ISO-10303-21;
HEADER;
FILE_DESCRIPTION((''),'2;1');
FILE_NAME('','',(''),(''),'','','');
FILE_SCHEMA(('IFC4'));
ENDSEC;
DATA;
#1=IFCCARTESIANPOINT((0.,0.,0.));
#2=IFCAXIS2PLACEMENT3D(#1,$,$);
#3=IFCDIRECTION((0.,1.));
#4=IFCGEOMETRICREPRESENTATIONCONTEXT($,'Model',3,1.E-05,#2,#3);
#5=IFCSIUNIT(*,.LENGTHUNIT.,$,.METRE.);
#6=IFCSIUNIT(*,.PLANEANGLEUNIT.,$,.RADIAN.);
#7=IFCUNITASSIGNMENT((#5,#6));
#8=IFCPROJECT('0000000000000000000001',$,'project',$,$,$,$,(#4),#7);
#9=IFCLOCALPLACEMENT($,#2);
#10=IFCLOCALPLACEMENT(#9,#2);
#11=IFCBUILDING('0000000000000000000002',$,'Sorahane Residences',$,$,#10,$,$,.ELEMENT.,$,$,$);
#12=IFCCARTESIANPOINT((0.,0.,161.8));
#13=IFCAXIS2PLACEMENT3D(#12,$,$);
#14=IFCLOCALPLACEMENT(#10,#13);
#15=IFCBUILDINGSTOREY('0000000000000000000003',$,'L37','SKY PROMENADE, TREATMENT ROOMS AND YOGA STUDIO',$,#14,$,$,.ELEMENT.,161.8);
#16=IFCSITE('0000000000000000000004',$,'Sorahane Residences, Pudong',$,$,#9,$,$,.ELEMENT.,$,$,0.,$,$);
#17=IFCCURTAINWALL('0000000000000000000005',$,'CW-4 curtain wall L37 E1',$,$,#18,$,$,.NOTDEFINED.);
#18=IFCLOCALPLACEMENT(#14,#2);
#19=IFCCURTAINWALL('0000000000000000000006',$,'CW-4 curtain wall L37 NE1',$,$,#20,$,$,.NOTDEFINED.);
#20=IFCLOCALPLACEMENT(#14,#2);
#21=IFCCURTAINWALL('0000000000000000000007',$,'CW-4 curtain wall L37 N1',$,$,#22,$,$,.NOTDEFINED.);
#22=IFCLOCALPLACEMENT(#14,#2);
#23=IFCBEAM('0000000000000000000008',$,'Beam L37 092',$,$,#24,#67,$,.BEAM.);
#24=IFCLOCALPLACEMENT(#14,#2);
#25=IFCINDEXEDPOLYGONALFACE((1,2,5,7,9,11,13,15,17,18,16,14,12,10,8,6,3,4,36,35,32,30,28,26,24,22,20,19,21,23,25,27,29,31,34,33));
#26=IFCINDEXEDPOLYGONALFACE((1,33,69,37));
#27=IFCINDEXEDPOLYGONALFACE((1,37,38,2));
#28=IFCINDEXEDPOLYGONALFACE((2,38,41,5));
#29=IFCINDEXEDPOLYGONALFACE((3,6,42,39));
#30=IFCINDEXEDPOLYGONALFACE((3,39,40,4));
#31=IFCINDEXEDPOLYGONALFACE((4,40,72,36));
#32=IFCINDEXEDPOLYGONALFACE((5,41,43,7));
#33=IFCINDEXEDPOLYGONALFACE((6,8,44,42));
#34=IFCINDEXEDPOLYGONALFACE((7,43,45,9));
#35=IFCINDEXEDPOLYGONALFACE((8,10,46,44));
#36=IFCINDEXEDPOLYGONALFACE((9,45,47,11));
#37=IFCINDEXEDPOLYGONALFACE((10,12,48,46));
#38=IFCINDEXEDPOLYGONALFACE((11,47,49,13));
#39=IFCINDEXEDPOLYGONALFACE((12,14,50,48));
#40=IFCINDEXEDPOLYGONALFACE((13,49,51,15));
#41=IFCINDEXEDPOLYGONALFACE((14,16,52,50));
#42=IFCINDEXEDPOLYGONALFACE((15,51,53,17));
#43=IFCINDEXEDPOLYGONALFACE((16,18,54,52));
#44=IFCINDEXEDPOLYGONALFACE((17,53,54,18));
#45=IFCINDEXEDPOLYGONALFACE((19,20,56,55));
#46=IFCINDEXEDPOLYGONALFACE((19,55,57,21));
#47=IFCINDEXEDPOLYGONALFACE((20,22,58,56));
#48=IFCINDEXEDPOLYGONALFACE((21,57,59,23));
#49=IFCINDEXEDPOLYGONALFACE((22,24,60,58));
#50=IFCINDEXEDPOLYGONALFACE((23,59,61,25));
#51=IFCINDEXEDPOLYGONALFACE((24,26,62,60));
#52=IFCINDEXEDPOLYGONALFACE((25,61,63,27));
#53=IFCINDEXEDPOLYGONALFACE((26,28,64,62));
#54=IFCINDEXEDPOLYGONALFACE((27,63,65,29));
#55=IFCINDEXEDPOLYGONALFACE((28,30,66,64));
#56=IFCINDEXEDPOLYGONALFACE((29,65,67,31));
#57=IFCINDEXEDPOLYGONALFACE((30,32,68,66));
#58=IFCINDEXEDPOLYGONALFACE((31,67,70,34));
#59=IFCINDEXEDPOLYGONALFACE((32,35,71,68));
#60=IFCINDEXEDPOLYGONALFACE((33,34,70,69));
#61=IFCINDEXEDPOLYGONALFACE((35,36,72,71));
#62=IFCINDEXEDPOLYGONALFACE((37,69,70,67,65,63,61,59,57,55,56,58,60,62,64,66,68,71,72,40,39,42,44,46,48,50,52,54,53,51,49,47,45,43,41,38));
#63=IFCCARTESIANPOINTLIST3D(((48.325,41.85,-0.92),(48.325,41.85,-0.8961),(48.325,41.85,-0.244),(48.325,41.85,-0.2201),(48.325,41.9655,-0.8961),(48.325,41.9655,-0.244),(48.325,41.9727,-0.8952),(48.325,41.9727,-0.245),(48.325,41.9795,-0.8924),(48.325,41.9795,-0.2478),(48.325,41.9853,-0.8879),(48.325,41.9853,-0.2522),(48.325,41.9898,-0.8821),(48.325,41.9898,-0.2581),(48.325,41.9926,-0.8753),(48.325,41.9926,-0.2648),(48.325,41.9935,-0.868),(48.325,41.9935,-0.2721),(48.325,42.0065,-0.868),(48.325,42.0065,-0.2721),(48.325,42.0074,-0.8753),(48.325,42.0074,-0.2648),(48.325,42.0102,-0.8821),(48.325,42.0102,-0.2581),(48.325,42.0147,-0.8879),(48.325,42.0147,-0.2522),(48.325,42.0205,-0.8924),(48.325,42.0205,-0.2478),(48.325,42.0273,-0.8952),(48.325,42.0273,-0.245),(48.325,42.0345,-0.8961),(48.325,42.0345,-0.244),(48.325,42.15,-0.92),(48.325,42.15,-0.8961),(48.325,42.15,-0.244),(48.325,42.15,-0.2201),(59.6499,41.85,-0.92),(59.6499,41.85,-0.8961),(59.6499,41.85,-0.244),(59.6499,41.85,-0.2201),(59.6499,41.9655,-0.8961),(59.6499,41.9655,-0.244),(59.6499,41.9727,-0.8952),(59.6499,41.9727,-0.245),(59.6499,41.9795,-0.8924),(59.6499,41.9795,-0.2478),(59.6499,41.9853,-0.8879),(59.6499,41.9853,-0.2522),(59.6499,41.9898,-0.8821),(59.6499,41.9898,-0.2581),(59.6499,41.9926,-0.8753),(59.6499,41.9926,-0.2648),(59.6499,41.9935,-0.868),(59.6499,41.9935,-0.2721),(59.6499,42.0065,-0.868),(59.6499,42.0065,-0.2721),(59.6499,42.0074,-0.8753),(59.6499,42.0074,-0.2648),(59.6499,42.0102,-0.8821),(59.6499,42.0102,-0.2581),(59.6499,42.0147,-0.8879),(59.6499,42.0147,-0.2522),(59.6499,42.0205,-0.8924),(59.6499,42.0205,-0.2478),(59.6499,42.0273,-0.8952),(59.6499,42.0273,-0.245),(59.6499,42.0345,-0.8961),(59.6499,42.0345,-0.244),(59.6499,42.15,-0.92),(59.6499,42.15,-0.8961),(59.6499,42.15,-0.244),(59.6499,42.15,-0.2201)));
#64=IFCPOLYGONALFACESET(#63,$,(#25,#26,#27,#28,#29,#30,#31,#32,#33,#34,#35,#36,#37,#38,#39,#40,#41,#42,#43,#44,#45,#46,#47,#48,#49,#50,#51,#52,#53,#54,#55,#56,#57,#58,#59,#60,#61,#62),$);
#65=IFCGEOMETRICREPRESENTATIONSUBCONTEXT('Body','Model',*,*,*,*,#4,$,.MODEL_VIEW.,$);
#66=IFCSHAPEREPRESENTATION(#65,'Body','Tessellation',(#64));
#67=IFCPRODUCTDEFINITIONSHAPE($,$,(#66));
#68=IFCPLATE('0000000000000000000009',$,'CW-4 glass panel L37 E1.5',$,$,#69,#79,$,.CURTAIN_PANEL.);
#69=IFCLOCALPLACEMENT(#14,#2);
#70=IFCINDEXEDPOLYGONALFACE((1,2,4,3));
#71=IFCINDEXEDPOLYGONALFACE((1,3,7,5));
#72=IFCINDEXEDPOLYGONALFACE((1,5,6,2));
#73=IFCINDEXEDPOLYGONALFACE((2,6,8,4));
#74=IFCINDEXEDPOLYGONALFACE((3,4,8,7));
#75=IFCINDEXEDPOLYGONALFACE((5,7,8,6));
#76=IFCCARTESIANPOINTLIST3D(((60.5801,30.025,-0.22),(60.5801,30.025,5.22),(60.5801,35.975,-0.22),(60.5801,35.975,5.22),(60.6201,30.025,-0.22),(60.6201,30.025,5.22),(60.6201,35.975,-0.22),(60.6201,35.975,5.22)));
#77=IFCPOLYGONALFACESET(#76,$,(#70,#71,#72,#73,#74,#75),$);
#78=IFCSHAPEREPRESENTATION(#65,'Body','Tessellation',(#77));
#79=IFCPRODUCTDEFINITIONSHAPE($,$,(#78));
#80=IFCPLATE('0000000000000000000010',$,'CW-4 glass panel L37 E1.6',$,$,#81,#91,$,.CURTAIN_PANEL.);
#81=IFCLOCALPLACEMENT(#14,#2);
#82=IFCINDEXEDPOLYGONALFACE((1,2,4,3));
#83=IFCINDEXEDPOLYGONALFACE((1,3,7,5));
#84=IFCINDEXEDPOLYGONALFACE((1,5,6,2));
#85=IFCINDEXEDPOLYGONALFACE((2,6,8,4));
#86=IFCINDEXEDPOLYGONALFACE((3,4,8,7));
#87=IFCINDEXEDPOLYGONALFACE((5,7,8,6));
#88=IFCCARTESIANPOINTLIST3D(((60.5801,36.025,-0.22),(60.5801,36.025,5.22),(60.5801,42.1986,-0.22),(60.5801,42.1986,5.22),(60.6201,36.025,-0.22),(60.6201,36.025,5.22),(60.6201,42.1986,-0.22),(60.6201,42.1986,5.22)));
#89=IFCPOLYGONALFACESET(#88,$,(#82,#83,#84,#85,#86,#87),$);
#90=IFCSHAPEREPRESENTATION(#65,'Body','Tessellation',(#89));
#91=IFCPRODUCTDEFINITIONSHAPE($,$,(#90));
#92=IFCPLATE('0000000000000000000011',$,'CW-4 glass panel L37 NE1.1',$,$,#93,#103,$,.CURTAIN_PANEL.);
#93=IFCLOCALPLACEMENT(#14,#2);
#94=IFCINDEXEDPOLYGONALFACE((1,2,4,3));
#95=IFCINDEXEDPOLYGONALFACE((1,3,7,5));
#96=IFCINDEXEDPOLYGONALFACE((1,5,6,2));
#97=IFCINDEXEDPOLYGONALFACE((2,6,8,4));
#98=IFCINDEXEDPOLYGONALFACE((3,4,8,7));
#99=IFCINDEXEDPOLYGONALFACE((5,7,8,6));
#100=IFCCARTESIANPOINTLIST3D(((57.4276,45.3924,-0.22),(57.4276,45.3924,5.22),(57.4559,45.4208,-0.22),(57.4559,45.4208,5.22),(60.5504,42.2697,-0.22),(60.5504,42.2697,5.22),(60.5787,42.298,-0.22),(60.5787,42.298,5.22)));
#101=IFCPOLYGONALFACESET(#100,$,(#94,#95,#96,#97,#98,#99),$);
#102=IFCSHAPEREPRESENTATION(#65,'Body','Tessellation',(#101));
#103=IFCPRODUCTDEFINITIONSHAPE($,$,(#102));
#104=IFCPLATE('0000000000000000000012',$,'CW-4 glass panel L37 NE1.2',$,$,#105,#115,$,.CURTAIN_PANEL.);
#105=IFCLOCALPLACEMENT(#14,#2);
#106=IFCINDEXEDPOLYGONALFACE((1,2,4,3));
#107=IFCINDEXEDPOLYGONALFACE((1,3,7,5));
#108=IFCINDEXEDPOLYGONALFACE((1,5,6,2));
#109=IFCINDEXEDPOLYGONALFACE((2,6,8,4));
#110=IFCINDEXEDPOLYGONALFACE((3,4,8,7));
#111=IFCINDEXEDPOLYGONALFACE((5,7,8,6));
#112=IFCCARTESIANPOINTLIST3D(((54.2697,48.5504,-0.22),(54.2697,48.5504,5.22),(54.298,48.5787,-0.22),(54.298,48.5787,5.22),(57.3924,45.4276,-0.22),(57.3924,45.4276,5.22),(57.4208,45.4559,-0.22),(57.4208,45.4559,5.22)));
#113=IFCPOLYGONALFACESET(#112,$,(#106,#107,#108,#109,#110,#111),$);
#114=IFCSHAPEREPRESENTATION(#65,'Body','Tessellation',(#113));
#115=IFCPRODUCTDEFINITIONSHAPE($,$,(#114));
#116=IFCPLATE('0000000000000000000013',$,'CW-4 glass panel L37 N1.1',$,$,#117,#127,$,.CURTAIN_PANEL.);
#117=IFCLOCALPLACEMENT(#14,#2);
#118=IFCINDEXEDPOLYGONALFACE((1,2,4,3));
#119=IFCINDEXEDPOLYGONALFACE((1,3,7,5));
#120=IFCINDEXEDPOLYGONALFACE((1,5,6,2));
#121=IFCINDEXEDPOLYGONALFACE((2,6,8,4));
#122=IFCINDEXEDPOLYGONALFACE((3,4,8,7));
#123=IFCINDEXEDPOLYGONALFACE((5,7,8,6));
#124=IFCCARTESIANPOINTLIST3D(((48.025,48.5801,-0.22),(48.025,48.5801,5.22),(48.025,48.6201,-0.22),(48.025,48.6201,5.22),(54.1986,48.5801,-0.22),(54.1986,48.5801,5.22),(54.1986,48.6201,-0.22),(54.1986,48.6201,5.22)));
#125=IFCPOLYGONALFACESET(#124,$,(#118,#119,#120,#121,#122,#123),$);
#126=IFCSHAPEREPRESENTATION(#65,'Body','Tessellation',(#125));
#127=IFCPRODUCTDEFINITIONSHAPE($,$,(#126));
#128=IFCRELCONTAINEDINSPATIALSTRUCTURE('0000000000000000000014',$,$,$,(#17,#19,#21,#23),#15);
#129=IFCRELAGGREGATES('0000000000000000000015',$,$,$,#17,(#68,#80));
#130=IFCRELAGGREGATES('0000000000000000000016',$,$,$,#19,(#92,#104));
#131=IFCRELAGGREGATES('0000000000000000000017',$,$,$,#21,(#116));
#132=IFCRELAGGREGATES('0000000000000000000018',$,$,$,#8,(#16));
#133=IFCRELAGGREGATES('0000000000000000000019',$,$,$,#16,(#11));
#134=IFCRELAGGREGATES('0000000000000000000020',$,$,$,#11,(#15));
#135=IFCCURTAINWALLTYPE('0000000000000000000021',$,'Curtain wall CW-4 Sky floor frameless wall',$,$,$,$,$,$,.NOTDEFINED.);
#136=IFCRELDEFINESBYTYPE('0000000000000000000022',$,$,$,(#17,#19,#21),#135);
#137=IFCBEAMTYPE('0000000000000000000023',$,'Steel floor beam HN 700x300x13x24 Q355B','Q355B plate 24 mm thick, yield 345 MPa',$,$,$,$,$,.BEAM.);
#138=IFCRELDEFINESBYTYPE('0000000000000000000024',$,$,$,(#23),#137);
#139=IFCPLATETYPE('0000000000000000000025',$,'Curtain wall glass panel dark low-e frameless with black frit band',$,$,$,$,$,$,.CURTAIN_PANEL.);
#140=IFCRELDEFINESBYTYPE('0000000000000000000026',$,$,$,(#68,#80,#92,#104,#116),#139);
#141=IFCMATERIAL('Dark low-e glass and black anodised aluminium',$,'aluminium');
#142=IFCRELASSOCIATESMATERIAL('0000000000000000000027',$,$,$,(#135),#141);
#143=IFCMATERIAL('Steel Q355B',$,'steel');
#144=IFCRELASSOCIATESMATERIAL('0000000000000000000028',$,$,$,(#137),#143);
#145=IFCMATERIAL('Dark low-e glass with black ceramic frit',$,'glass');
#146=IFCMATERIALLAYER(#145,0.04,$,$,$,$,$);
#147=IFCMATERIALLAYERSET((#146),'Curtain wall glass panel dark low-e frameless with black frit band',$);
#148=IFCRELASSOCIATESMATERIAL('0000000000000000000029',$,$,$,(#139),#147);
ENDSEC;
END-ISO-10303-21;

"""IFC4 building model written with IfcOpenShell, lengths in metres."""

from ifc_helpers import new_model, si_unit, direction, frame, origin, origin_2d, place, context, subcontext, project, spatial, rectangle, i_section, extrude, material, layer, layer_set, material_profile, profile_set, type_object, element, aggregate, save


model = new_model("IFC4")

# Units and contexts
model_context = context("Model", 3, precision=1e-05, world=origin(), true_north=direction((0.0, 1.0)))
body_context = subcontext(model_context, "Body", "Model", "MODEL_VIEW")
ifc_project = project(units=[si_unit("LENGTHUNIT", "METRE"), si_unit("PLANEANGLEUNIT", "RADIAN")], contexts=[model_context])

# Site, building, storey
site_placement = place(None, origin())
site = spatial("IfcSite", under=ifc_project, at=site_placement, Name="Sorahane Residences, Pudong", CompositionType="ELEMENT", RefElevation=0.0)
building_placement = place(site_placement, origin())
building = spatial("IfcBuilding", under=site, at=building_placement, Name="Sorahane Residences", CompositionType="ELEMENT")
storey_placement = place(building_placement, frame((0.0, 0.0, 161.8)))
storey = spatial("IfcBuildingStorey", under=building, at=storey_placement, Name="L37", Description="SKY PROMENADE, TREATMENT ROOMS AND YOGA STUDIO", CompositionType="ELEMENT", Elevation=161.8)

# Curtain walls
ifc_material_1 = material(Name="Dark low-e glass and black anodised aluminium", Category="aluminium")
curtain_wall_type = type_object("IfcCurtainWallType", Name="Curtain wall CW-4 Sky floor frameless wall", PredefinedType="NOTDEFINED", material=ifc_material_1)
curtain_wall_1_placement = place(storey_placement, origin())
curtain_wall_1 = element("IfcCurtainWall", 1, at=curtain_wall_1_placement, inside=storey, type_object=curtain_wall_type, Name="CW-4 curtain wall L37 E1", PredefinedType="NOTDEFINED")
curtain_wall_2_placement = place(storey_placement, origin())
curtain_wall_2 = element("IfcCurtainWall", 2, at=curtain_wall_2_placement, inside=storey, type_object=curtain_wall_type, Name="CW-4 curtain wall L37 NE1", PredefinedType="NOTDEFINED")

# Curtain wall
curtain_wall_3_placement = place(storey_placement, origin())
curtain_wall_3 = element("IfcCurtainWall", 3, at=curtain_wall_3_placement, inside=storey, type_object=curtain_wall_type, Name="CW-4 curtain wall L37 N1", PredefinedType="NOTDEFINED")

# Beam
ifc_material_2 = material(Name="Steel Q355B", Category="steel")
ifc_material_profile_1 = material_profile(ifc_material_2, i_section(OverallWidth=0.3, OverallDepth=0.7, WebThickness=0.0129, FlangeThickness=0.0239, FilletRadius=0.0281, at=origin_2d()), Name="HN 700x300x13x24")
ifc_profile_set_1 = profile_set([ifc_material_profile_1], Name="Steel Q355B")
beam_type_1 = type_object("IfcBeamType", Name="Steel floor beam HN 700x300x13x24 Q355B", Description="Q355B plate 24 mm thick, yield 345 MPa", PredefinedType="BEAM", material=ifc_profile_set_1)
beam_1_placement = place(storey_placement, frame((48.325, 42.0, -0.5701), z_axis=(1.0, 0.0, 0.0), x_axis=(0.0, 1.0, 0.0)))
element("IfcBeam", 4, at=beam_1_placement, inside=storey, type_object=beam_type_1, Name="Beam L37 092", PredefinedType="BEAM", context=body_context, shape_type="SweptSolid", body=[
    extrude(i_section(OverallWidth=0.3, OverallDepth=0.7, WebThickness=0.0129, FlangeThickness=0.0239, FilletRadius=0.0281, at=origin_2d()), origin(), (0.0, 0.0, 1.0), 11.325),
])

# Plates
ifc_material_3 = material(Name="Dark low-e glass with black ceramic frit", Category="glass")
ifc_layer = layer(ifc_material_3, 0.04)
ifc_layer_set = layer_set([ifc_layer], Name="Curtain wall glass panel dark low-e frameless with black frit band")
plate_type = type_object("IfcPlateType", Name="Curtain wall glass panel dark low-e frameless with black frit band", PredefinedType="CURTAIN_PANEL", material=ifc_layer_set)
plate_1_placement = place(storey_placement, frame((60.6001, 33.0, -0.22), z_axis=(0.0, 0.0, 1.0), x_axis=(0.0, 1.0, 0.0)))
plate_1 = element("IfcPlate", 5, at=plate_1_placement, type_object=plate_type, Name="CW-4 glass panel L37 E1.5", PredefinedType="CURTAIN_PANEL", context=body_context, shape_type="SweptSolid", body=[
    extrude(rectangle(XDim=5.95, YDim=0.04, at=origin_2d()), origin(), (0.0, 0.0, 1.0), 5.4399),
])
plate_2_placement = place(storey_placement, frame((60.6001, 39.1118, -0.22), z_axis=(0.0, 0.0, 1.0), x_axis=(0.0, 1.0, 0.0)))
plate_2 = element("IfcPlate", 6, at=plate_2_placement, type_object=plate_type, Name="CW-4 glass panel L37 E1.6", PredefinedType="CURTAIN_PANEL", context=body_context, shape_type="SweptSolid", body=[
    extrude(rectangle(XDim=6.1736, YDim=0.04, at=origin_2d()), origin(), (0.0, 0.0, 1.0), 5.4399),
])
aggregate(curtain_wall_1, [plate_1, plate_2])
plate_3_placement = place(storey_placement, frame((59.0032, 43.8452, -0.22), z_axis=(0.0, 0.0, 1.0), x_axis=(-0.707107, 0.707107, 0.0)))
plate_3 = element("IfcPlate", 7, at=plate_3_placement, type_object=plate_type, Name="CW-4 glass panel L37 NE1.1", PredefinedType="CURTAIN_PANEL", context=body_context, shape_type="SweptSolid", body=[
    extrude(rectangle(XDim=4.4163, YDim=0.04, at=origin_2d()), origin(), (0.0, 0.0, 1.0), 5.4399),
])
plate_4_placement = place(storey_placement, frame((55.8452, 47.0032, -0.22), z_axis=(0.0, 0.0, 1.0), x_axis=(-0.707107, 0.707107, 0.0)))
plate_4 = element("IfcPlate", 8, at=plate_4_placement, type_object=plate_type, Name="CW-4 glass panel L37 NE1.2", PredefinedType="CURTAIN_PANEL", context=body_context, shape_type="SweptSolid", body=[
    extrude(rectangle(XDim=4.4163, YDim=0.04, at=origin_2d()), origin(), (0.0, 0.0, 1.0), 5.4399),
])
aggregate(curtain_wall_2, [plate_3, plate_4])
plate_5_placement = place(storey_placement, frame((51.1118, 48.6001, -0.22), z_axis=(0.0, 0.0, 1.0), x_axis=(-1.0, 0.0, 0.0)))
plate_5 = element("IfcPlate", 9, at=plate_5_placement, type_object=plate_type, Name="CW-4 glass panel L37 N1.1", PredefinedType="CURTAIN_PANEL", context=body_context, shape_type="SweptSolid", body=[
    extrude(rectangle(XDim=6.1736, YDim=0.04, at=origin_2d()), origin(), (0.0, 0.0, 1.0), 5.4399),
])
aggregate(curtain_wall_3, [plate_5])

save(model, "model.ifc")
